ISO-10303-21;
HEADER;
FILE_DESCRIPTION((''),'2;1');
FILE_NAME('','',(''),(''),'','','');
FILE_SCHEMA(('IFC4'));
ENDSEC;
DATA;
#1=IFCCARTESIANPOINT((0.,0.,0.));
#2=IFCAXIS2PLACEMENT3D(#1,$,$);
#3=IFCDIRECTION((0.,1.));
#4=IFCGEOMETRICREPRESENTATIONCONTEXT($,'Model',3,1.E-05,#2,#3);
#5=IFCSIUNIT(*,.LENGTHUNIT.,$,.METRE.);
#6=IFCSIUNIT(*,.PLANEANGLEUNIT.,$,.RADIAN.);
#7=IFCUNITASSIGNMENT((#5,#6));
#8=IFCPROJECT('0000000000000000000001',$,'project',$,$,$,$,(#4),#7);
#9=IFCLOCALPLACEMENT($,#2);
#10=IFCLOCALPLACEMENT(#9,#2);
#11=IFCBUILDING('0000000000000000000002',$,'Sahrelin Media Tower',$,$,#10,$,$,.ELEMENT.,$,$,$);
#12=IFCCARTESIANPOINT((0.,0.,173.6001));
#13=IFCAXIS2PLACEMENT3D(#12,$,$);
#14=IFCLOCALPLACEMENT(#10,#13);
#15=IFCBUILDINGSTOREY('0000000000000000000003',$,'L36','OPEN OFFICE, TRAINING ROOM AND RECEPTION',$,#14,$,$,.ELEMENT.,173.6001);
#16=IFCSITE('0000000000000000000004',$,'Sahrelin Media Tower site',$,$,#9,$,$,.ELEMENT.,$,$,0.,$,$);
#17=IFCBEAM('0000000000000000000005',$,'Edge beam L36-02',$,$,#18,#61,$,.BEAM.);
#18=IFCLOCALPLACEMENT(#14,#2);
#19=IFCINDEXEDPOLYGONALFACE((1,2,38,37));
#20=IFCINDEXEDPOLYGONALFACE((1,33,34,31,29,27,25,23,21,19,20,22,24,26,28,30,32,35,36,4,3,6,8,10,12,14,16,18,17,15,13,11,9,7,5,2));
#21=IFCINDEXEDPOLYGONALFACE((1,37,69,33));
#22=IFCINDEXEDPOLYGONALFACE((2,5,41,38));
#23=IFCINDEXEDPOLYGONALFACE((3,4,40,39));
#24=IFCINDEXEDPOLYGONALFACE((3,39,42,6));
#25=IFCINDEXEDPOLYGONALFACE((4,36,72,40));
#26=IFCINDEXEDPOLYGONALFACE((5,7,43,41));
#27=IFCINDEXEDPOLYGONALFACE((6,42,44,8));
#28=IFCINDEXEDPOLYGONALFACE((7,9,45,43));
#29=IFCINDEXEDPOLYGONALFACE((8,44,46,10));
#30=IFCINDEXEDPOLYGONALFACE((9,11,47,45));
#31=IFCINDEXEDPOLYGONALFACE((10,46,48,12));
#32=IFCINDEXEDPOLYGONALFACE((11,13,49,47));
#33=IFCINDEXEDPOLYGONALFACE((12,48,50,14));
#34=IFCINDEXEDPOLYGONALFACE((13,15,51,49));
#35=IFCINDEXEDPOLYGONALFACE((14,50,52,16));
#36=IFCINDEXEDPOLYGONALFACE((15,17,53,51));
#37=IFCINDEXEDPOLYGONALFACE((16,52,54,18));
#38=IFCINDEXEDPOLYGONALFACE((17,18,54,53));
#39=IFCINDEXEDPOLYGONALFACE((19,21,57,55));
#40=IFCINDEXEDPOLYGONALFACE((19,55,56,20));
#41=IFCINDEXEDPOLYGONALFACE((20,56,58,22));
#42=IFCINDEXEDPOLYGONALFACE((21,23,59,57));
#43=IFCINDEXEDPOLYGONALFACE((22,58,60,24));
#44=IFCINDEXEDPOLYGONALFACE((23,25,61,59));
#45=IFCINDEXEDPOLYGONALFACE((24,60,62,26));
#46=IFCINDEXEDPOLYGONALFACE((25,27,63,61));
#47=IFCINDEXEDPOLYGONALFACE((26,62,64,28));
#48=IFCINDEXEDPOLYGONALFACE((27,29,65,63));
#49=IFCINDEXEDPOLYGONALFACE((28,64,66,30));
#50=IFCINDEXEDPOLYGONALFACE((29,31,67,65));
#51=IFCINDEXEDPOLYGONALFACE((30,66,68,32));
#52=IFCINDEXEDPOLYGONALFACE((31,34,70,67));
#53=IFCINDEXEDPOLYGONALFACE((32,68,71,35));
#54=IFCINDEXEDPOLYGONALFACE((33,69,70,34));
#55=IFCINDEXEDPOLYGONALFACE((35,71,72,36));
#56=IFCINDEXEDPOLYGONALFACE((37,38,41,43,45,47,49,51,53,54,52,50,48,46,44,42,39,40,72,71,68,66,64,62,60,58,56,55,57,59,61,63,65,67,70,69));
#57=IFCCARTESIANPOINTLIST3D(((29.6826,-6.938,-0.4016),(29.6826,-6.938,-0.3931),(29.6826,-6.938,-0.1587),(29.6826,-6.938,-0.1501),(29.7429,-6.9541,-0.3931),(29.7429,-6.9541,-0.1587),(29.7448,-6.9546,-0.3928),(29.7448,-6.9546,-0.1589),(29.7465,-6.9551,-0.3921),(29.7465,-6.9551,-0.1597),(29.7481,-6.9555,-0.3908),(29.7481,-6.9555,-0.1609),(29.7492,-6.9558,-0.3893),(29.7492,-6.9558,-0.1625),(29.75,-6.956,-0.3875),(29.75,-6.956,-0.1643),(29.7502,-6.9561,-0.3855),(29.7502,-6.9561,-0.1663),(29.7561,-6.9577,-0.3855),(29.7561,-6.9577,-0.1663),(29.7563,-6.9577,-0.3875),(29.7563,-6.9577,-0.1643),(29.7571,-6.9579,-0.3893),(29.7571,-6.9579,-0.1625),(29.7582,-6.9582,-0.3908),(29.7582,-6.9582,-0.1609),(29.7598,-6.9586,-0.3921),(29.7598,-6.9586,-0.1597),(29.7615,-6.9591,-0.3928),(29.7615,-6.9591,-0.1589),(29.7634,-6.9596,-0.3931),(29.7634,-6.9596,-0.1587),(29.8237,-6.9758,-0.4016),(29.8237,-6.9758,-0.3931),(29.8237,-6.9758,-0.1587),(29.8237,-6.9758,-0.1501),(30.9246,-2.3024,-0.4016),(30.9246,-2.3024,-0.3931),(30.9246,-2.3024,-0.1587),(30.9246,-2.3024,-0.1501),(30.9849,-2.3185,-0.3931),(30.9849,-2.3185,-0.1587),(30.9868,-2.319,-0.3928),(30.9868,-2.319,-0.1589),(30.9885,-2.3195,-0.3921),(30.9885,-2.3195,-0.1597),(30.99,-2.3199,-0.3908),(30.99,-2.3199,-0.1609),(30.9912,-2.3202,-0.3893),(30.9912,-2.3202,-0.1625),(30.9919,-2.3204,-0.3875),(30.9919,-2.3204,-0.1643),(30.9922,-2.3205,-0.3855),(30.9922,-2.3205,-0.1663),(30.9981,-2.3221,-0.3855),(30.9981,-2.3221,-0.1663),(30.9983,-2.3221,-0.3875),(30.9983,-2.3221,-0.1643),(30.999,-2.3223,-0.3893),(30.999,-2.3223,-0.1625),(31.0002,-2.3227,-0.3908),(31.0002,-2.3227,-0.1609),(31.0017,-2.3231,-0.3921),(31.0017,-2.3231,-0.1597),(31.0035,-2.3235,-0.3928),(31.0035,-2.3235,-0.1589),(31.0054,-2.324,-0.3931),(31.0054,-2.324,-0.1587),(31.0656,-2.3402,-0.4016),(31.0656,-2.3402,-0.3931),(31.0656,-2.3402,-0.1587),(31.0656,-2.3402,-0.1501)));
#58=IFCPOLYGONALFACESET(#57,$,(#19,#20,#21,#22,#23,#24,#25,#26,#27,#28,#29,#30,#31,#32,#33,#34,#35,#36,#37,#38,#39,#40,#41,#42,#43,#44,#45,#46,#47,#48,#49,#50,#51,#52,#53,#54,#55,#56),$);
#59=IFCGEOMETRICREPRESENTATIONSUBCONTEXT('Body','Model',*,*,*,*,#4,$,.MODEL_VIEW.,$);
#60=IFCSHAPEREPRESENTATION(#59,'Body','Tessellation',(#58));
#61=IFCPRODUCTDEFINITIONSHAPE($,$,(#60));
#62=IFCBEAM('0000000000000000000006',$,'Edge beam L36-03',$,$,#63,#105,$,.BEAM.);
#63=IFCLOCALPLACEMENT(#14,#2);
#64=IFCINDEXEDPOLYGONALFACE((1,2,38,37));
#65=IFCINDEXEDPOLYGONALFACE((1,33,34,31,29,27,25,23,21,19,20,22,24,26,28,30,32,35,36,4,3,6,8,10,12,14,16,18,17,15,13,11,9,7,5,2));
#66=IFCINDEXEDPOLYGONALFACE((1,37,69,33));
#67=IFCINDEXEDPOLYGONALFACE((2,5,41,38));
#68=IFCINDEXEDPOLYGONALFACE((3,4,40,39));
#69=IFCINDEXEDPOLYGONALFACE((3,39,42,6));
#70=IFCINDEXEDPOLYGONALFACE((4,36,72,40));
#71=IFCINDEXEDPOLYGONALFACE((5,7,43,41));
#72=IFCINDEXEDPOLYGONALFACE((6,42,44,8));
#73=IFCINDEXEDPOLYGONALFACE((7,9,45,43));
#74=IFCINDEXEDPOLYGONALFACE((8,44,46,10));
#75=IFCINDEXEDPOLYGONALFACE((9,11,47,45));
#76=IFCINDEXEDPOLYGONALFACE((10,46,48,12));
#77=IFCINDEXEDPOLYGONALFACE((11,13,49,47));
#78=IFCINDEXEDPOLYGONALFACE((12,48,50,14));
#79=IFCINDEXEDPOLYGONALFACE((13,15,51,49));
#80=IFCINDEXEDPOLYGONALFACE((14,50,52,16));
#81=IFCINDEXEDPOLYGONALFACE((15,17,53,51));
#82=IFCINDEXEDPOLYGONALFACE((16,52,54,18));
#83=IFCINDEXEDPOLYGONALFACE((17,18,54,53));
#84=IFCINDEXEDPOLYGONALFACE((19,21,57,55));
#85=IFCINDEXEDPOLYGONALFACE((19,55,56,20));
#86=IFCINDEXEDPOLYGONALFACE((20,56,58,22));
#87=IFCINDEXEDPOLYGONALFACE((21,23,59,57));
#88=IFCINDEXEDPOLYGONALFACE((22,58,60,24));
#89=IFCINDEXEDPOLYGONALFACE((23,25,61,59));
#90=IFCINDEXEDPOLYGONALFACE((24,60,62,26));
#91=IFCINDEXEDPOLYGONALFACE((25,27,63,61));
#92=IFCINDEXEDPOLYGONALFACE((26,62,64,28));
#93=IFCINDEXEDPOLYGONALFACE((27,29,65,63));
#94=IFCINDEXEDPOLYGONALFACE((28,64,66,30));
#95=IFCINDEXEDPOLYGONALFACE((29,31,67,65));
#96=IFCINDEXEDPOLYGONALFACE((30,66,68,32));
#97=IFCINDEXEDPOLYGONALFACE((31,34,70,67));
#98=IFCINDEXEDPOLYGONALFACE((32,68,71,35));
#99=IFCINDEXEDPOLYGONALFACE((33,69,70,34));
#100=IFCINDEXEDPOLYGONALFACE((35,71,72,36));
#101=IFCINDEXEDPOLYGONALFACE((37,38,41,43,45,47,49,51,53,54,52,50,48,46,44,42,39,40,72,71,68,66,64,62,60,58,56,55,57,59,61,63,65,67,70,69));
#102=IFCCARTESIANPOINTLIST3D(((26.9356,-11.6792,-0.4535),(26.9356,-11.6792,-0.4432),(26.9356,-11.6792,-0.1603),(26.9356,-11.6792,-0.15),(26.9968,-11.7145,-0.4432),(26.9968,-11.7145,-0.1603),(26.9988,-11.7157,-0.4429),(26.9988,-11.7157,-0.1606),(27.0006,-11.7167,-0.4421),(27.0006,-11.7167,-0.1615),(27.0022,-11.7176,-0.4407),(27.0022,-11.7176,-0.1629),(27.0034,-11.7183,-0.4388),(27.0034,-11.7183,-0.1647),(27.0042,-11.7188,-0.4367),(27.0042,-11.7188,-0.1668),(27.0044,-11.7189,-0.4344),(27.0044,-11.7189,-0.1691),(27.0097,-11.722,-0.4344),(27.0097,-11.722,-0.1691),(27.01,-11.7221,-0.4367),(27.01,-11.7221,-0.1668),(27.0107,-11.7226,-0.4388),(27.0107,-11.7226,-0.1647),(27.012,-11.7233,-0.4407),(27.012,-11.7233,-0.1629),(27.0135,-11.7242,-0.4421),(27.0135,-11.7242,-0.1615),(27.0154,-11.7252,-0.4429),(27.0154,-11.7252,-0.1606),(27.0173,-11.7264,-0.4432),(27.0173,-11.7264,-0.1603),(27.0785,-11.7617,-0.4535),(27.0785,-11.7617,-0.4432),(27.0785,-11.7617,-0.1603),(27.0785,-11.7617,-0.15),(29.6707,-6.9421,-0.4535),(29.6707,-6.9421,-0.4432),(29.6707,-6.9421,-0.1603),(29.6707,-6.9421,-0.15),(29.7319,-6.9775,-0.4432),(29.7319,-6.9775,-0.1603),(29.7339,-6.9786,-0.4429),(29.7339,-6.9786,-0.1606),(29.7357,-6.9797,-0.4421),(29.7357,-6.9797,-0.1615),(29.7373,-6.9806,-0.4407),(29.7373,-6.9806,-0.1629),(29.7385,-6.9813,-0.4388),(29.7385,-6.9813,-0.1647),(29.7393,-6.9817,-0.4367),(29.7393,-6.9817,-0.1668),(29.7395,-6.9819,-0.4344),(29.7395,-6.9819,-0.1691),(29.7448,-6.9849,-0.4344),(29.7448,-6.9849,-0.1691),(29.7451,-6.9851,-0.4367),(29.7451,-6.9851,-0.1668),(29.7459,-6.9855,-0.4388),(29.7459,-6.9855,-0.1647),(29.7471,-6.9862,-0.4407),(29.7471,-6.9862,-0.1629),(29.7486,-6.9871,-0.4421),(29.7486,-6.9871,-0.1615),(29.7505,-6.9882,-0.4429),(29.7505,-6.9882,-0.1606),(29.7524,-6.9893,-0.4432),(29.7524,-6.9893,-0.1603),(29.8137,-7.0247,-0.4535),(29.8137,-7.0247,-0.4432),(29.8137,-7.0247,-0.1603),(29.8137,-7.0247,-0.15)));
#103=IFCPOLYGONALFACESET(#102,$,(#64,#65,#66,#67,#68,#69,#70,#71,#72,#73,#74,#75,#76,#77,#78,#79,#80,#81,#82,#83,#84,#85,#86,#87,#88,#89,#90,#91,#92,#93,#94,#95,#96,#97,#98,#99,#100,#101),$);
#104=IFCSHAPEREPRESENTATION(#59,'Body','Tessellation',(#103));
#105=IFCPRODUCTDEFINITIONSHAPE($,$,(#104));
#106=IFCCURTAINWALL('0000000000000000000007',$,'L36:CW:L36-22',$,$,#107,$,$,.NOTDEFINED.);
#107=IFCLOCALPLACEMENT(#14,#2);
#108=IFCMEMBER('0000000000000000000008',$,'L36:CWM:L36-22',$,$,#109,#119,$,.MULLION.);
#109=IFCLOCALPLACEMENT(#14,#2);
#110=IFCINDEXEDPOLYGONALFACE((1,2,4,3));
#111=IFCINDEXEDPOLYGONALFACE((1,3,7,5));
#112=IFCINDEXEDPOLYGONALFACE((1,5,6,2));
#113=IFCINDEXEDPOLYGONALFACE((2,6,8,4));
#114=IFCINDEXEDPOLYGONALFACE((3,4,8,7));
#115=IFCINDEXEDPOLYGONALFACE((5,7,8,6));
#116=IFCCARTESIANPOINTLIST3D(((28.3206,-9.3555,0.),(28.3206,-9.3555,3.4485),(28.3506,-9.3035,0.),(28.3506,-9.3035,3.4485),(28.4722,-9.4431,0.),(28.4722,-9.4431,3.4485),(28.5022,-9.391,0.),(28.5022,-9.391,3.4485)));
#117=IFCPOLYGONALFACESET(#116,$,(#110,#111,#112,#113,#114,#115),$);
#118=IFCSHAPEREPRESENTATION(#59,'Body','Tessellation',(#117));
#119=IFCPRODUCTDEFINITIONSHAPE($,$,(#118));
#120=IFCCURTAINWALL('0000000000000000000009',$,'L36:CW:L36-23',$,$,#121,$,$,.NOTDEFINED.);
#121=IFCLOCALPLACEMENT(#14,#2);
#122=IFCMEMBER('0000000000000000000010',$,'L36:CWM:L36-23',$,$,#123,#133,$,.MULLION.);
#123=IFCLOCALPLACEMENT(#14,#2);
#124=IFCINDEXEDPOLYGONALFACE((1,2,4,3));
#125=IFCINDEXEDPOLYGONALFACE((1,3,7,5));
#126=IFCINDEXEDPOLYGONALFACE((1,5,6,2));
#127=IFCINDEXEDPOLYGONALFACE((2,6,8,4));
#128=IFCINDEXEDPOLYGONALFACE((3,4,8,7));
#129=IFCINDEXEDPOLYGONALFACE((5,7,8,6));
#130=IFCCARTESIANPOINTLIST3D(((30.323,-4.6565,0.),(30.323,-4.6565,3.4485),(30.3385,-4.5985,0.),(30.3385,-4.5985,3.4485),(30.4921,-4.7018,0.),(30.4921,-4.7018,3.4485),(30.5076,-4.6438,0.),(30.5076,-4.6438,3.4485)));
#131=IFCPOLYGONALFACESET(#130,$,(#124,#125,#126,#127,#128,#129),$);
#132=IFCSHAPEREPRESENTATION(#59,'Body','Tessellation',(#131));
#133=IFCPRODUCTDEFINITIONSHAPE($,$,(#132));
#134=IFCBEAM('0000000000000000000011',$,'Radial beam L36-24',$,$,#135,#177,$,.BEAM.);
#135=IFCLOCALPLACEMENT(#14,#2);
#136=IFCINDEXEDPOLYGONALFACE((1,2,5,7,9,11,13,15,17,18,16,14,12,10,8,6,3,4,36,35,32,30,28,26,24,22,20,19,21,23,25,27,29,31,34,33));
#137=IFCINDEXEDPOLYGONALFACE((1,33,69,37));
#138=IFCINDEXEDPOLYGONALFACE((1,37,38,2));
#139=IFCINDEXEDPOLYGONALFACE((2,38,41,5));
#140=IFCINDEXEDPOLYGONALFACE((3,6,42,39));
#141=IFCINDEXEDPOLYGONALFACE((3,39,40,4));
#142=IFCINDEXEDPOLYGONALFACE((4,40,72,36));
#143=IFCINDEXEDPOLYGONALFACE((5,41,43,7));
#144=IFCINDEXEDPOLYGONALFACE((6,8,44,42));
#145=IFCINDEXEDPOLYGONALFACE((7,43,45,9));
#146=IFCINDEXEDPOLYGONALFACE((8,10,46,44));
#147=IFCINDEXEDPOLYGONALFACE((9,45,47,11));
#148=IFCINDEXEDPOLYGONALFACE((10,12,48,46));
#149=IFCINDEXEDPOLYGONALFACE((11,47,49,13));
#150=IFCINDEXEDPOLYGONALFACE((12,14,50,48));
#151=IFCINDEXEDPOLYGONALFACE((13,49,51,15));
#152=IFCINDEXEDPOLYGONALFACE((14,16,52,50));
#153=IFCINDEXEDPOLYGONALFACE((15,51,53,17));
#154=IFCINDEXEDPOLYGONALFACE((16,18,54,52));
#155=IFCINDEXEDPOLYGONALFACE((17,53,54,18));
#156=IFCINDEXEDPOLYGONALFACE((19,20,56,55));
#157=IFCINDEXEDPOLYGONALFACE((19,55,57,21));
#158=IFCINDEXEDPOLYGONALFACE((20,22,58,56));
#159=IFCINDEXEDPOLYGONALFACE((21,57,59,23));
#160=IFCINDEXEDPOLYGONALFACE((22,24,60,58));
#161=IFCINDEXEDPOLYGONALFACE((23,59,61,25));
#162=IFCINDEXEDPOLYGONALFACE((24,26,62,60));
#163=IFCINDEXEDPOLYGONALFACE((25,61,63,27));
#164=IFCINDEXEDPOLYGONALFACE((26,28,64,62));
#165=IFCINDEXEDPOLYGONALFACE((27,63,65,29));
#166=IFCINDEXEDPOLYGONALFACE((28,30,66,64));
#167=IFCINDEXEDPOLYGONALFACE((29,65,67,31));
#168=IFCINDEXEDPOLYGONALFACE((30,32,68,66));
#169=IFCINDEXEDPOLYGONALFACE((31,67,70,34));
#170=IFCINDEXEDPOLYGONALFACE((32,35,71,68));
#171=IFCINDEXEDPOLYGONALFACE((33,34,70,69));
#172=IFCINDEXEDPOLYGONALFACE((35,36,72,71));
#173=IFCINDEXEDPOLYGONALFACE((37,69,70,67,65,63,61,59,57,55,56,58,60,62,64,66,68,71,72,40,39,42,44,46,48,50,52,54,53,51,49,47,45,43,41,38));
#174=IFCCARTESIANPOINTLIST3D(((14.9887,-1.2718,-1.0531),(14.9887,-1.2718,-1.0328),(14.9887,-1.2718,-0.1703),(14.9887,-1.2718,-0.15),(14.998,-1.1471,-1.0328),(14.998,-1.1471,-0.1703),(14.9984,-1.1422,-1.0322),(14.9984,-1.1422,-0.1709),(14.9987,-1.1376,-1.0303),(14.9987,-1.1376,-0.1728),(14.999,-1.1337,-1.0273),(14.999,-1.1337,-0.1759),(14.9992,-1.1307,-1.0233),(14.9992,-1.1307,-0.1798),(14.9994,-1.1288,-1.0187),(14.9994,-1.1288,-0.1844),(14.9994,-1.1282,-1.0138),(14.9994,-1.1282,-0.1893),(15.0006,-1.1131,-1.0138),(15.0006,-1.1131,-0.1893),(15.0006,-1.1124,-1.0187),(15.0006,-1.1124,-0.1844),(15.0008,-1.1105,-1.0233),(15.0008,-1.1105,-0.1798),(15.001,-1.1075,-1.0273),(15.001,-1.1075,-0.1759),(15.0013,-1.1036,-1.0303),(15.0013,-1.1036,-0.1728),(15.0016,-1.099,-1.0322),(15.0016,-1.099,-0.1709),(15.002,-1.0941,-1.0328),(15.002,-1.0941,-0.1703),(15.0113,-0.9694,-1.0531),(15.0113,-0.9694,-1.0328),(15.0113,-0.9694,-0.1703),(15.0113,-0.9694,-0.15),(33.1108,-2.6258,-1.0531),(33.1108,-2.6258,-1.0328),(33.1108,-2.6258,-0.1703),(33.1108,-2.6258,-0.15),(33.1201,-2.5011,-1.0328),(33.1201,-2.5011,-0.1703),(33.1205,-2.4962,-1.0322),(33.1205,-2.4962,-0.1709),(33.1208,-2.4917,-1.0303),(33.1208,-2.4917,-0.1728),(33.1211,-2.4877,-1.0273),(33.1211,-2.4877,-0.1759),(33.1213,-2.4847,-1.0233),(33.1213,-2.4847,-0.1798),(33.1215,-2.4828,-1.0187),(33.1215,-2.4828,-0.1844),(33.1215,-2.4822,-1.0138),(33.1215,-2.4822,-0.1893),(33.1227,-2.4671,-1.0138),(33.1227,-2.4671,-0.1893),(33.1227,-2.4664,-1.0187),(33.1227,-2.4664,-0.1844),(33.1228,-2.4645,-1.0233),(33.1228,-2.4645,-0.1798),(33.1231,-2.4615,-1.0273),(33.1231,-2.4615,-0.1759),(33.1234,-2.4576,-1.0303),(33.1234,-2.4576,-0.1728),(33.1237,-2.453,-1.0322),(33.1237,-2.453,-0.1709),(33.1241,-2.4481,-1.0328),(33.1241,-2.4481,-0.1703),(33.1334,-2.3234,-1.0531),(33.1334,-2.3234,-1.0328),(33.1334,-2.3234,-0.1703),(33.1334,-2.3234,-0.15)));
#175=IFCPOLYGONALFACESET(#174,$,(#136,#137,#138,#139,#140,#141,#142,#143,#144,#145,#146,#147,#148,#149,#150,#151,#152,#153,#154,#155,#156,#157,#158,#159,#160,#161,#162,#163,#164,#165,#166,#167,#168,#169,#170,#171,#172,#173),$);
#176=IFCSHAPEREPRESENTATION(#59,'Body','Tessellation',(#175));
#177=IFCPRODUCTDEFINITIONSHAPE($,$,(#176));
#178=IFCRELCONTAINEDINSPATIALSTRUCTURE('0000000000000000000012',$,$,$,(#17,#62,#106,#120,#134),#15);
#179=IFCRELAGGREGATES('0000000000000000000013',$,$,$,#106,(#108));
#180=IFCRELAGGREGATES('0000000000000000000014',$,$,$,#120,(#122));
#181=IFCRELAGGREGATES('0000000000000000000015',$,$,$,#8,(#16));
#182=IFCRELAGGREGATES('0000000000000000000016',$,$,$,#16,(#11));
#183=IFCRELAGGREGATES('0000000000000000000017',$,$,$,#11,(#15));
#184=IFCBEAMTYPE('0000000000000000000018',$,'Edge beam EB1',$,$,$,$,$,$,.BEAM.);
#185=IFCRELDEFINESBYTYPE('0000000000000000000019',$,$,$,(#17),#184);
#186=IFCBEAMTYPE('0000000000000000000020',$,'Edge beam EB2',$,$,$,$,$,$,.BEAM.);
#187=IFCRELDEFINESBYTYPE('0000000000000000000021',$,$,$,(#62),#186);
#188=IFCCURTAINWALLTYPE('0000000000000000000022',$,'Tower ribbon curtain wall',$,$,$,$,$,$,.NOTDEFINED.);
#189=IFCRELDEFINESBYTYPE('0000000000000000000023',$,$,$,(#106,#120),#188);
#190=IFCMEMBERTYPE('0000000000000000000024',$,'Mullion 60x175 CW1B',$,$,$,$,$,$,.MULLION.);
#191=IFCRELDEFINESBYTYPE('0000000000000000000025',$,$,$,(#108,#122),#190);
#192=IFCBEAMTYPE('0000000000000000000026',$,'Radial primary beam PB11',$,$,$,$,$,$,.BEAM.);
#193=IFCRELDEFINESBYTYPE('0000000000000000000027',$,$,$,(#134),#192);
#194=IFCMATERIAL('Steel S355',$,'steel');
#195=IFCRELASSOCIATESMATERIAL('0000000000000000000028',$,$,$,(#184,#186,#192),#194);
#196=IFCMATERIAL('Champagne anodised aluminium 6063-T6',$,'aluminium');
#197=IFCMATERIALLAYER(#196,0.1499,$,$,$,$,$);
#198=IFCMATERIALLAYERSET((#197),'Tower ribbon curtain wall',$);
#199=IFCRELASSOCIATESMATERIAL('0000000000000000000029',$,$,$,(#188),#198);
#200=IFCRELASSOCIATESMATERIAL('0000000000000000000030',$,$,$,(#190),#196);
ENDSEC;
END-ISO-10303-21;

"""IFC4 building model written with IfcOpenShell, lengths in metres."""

from ifc_helpers import new_model, si_unit, direction, frame, origin, origin_2d, place, context, subcontext, project, spatial, rectangle, i_section, extrude, material, layer, layer_set, material_profile, profile_set, type_object, element, aggregate, save


model = new_model("IFC4")

# Units and contexts
model_context = context("Model", 3, precision=1e-05, world=origin(), true_north=direction((0.0, 1.0)))
body_context = subcontext(model_context, "Body", "Model", "MODEL_VIEW")
ifc_project = project(units=[si_unit("LENGTHUNIT", "METRE"), si_unit("PLANEANGLEUNIT", "RADIAN")], contexts=[model_context])

# Site, building, storey
site_placement = place(None, origin())
site = spatial("IfcSite", under=ifc_project, at=site_placement, Name="Sahrelin Media Tower site", CompositionType="ELEMENT", RefElevation=0.0)
building_placement = place(site_placement, origin())
building = spatial("IfcBuilding", under=site, at=building_placement, Name="Sahrelin Media Tower", CompositionType="ELEMENT")
storey_placement = place(building_placement, frame((0.0, 0.0, 173.6001)))
storey = spatial("IfcBuildingStorey", under=building, at=storey_placement, Name="L36", Description="OPEN OFFICE, TRAINING ROOM AND RECEPTION", CompositionType="ELEMENT", Elevation=173.6001)

# Beams
ifc_material_1 = material(Name="Steel S355", Category="steel")
ifc_material_profile_1 = material_profile(ifc_material_1, i_section(OverallWidth=0.146, OverallDepth=0.2515, WebThickness=0.0061, FlangeThickness=0.0085, FilletRadius=0.0076, at=origin_2d()), Name="UB 254x146x31")
ifc_profile_set_1 = profile_set([ifc_material_profile_1], Name="Steel S355")
beam_type_1 = type_object("IfcBeamType", Name="Edge beam EB1", PredefinedType="BEAM", material=ifc_profile_set_1)
beam_1_placement = place(storey_placement, frame((30.9951, -2.3213, -0.2759), z_axis=(-0.258793, -0.965933, 0.0), x_axis=(0.965933, -0.258793, 0.0)))
element("IfcBeam", 1, at=beam_1_placement, inside=storey, type_object=beam_type_1, Name="Edge beam L36-02", PredefinedType="BEAM", context=body_context, shape_type="SweptSolid", body=[
    extrude(i_section(OverallWidth=0.146, OverallDepth=0.2515, WebThickness=0.0061, FlangeThickness=0.0085, FilletRadius=0.0076, at=origin_2d()), origin(), (0.0, 0.0, 1.0), 4.7991),
])
ifc_material_profile_2 = material_profile(ifc_material_1, i_section(OverallWidth=0.165, OverallDepth=0.3035, WebThickness=0.0061, FlangeThickness=0.0103, FilletRadius=0.0088, at=origin_2d()), Name="UB 305x165x40")
ifc_profile_set_2 = profile_set([ifc_material_profile_2], Name="Steel S355")
beam_type_2 = type_object("IfcBeamType", Name="Edge beam EB2", PredefinedType="BEAM", material=ifc_profile_set_2)
beam_2_placement = place(storey_placement, frame((29.7422, -6.9834, -0.3018), z_axis=(-0.500023, -0.866012, 0.0), x_axis=(0.866012, -0.500023, 0.0)))
element("IfcBeam", 2, at=beam_2_placement, inside=storey, type_object=beam_type_2, Name="Edge beam L36-03", PredefinedType="BEAM", context=body_context, shape_type="SweptSolid", body=[
    extrude(i_section(OverallWidth=0.165, OverallDepth=0.3035, WebThickness=0.0061, FlangeThickness=0.0103, FilletRadius=0.0088, at=origin_2d()), origin(), (0.0, 0.0, 1.0), 5.47),
])

# Curtain walls, members
ifc_material_2 = material(Name="Champagne anodised aluminium 6063-T6", Category="aluminium")
ifc_layer_1 = layer(ifc_material_2, 0.1499)
ifc_layer_set_1 = layer_set([ifc_layer_1], Name="Tower ribbon curtain wall")
curtain_wall_type = type_object("IfcCurtainWallType", Name="Tower ribbon curtain wall", PredefinedType="NOTDEFINED", material=ifc_layer_set_1)
curtain_wall_1_placement = place(storey_placement, frame((28.5044, -9.427, 0.0), z_axis=(0.0, 0.0, 1.0), x_axis=(1.0, 0.0, 0.0)))
curtain_wall_1 = element("IfcCurtainWall", 3, at=curtain_wall_1_placement, inside=storey, type_object=curtain_wall_type, Name="L36:CW:L36-22", PredefinedType="NOTDEFINED")
ifc_material_profile_3 = material_profile(ifc_material_2, rectangle(XDim=0.0601, YDim=0.175, at=origin_2d()), Name="Mullion 60x175")
ifc_profile_set_3 = profile_set([ifc_material_profile_3], Name="Champagne anodised aluminium 6063-T6")
member_type_1 = type_object("IfcMemberType", Name="Mullion 60x175 CW1B", PredefinedType="MULLION", material=ifc_profile_set_3)
member_1_placement = place(storey_placement, frame((28.4114, -9.3733, 0.0), z_axis=(0.0, 0.0, 1.0), x_axis=(0.5, 0.866025, 0.0)))
member_1 = element("IfcMember", 4, at=member_1_placement, type_object=member_type_1, Name="L36:CWM:L36-22", PredefinedType="MULLION", context=body_context, shape_type="SweptSolid", body=[
    extrude(rectangle(XDim=0.0601, YDim=0.175, at=origin_2d()), origin(), (0.0, 0.0, 1.0), 3.4485),
])
curtain_wall_2_placement = place(storey_placement, frame((30.519, -4.678, 0.0), z_axis=(0.0, 0.0, 1.0), x_axis=(1.0, 0.0, 0.0)))
curtain_wall_2 = element("IfcCurtainWall", 5, at=curtain_wall_2_placement, inside=storey, type_object=curtain_wall_type, Name="L36:CW:L36-23", PredefinedType="NOTDEFINED")
member_2_placement = place(storey_placement, frame((30.4153, -4.6501, 0.0), z_axis=(0.0, 0.0, 1.0), x_axis=(0.258821, 0.965925, 0.0)))
member_2 = element("IfcMember", 6, at=member_2_placement, type_object=member_type_1, Name="L36:CWM:L36-23", PredefinedType="MULLION", context=body_context, shape_type="SweptSolid", body=[
    extrude(rectangle(XDim=0.0601, YDim=0.175, at=origin_2d()), origin(), (0.0, 0.0, 1.0), 3.4485),
])

# Beam
ifc_material_profile_4 = material_profile(ifc_material_1, i_section(OverallWidth=0.3032, OverallDepth=0.9031, WebThickness=0.0151, FlangeThickness=0.0203, FilletRadius=0.019, at=origin_2d()), Name="UB 914x305x201")
ifc_profile_set_4 = profile_set([ifc_material_profile_4], Name="Steel S355")
beam_type_3 = type_object("IfcBeamType", Name="Radial primary beam PB11", PredefinedType="BEAM", material=ifc_profile_set_4)
beam_3_placement = place(storey_placement, frame((15.0, -1.1206, -0.6016), z_axis=(0.99722, -0.074508, 0.0), x_axis=(0.074508, 0.99722, 0.0)))
element("IfcBeam", 7, at=beam_3_placement, inside=storey, type_object=beam_type_3, Name="Radial beam L36-24", PredefinedType="BEAM", context=body_context, shape_type="SweptSolid", body=[
    extrude(i_section(OverallWidth=0.3032, OverallDepth=0.9031, WebThickness=0.0151, FlangeThickness=0.0203, FilletRadius=0.019, at=origin_2d()), origin(), (0.0, 0.0, 1.0), 18.1726),
])

aggregate(curtain_wall_1, [member_1])

aggregate(curtain_wall_2, [member_2])

save(model, "model.ifc")
